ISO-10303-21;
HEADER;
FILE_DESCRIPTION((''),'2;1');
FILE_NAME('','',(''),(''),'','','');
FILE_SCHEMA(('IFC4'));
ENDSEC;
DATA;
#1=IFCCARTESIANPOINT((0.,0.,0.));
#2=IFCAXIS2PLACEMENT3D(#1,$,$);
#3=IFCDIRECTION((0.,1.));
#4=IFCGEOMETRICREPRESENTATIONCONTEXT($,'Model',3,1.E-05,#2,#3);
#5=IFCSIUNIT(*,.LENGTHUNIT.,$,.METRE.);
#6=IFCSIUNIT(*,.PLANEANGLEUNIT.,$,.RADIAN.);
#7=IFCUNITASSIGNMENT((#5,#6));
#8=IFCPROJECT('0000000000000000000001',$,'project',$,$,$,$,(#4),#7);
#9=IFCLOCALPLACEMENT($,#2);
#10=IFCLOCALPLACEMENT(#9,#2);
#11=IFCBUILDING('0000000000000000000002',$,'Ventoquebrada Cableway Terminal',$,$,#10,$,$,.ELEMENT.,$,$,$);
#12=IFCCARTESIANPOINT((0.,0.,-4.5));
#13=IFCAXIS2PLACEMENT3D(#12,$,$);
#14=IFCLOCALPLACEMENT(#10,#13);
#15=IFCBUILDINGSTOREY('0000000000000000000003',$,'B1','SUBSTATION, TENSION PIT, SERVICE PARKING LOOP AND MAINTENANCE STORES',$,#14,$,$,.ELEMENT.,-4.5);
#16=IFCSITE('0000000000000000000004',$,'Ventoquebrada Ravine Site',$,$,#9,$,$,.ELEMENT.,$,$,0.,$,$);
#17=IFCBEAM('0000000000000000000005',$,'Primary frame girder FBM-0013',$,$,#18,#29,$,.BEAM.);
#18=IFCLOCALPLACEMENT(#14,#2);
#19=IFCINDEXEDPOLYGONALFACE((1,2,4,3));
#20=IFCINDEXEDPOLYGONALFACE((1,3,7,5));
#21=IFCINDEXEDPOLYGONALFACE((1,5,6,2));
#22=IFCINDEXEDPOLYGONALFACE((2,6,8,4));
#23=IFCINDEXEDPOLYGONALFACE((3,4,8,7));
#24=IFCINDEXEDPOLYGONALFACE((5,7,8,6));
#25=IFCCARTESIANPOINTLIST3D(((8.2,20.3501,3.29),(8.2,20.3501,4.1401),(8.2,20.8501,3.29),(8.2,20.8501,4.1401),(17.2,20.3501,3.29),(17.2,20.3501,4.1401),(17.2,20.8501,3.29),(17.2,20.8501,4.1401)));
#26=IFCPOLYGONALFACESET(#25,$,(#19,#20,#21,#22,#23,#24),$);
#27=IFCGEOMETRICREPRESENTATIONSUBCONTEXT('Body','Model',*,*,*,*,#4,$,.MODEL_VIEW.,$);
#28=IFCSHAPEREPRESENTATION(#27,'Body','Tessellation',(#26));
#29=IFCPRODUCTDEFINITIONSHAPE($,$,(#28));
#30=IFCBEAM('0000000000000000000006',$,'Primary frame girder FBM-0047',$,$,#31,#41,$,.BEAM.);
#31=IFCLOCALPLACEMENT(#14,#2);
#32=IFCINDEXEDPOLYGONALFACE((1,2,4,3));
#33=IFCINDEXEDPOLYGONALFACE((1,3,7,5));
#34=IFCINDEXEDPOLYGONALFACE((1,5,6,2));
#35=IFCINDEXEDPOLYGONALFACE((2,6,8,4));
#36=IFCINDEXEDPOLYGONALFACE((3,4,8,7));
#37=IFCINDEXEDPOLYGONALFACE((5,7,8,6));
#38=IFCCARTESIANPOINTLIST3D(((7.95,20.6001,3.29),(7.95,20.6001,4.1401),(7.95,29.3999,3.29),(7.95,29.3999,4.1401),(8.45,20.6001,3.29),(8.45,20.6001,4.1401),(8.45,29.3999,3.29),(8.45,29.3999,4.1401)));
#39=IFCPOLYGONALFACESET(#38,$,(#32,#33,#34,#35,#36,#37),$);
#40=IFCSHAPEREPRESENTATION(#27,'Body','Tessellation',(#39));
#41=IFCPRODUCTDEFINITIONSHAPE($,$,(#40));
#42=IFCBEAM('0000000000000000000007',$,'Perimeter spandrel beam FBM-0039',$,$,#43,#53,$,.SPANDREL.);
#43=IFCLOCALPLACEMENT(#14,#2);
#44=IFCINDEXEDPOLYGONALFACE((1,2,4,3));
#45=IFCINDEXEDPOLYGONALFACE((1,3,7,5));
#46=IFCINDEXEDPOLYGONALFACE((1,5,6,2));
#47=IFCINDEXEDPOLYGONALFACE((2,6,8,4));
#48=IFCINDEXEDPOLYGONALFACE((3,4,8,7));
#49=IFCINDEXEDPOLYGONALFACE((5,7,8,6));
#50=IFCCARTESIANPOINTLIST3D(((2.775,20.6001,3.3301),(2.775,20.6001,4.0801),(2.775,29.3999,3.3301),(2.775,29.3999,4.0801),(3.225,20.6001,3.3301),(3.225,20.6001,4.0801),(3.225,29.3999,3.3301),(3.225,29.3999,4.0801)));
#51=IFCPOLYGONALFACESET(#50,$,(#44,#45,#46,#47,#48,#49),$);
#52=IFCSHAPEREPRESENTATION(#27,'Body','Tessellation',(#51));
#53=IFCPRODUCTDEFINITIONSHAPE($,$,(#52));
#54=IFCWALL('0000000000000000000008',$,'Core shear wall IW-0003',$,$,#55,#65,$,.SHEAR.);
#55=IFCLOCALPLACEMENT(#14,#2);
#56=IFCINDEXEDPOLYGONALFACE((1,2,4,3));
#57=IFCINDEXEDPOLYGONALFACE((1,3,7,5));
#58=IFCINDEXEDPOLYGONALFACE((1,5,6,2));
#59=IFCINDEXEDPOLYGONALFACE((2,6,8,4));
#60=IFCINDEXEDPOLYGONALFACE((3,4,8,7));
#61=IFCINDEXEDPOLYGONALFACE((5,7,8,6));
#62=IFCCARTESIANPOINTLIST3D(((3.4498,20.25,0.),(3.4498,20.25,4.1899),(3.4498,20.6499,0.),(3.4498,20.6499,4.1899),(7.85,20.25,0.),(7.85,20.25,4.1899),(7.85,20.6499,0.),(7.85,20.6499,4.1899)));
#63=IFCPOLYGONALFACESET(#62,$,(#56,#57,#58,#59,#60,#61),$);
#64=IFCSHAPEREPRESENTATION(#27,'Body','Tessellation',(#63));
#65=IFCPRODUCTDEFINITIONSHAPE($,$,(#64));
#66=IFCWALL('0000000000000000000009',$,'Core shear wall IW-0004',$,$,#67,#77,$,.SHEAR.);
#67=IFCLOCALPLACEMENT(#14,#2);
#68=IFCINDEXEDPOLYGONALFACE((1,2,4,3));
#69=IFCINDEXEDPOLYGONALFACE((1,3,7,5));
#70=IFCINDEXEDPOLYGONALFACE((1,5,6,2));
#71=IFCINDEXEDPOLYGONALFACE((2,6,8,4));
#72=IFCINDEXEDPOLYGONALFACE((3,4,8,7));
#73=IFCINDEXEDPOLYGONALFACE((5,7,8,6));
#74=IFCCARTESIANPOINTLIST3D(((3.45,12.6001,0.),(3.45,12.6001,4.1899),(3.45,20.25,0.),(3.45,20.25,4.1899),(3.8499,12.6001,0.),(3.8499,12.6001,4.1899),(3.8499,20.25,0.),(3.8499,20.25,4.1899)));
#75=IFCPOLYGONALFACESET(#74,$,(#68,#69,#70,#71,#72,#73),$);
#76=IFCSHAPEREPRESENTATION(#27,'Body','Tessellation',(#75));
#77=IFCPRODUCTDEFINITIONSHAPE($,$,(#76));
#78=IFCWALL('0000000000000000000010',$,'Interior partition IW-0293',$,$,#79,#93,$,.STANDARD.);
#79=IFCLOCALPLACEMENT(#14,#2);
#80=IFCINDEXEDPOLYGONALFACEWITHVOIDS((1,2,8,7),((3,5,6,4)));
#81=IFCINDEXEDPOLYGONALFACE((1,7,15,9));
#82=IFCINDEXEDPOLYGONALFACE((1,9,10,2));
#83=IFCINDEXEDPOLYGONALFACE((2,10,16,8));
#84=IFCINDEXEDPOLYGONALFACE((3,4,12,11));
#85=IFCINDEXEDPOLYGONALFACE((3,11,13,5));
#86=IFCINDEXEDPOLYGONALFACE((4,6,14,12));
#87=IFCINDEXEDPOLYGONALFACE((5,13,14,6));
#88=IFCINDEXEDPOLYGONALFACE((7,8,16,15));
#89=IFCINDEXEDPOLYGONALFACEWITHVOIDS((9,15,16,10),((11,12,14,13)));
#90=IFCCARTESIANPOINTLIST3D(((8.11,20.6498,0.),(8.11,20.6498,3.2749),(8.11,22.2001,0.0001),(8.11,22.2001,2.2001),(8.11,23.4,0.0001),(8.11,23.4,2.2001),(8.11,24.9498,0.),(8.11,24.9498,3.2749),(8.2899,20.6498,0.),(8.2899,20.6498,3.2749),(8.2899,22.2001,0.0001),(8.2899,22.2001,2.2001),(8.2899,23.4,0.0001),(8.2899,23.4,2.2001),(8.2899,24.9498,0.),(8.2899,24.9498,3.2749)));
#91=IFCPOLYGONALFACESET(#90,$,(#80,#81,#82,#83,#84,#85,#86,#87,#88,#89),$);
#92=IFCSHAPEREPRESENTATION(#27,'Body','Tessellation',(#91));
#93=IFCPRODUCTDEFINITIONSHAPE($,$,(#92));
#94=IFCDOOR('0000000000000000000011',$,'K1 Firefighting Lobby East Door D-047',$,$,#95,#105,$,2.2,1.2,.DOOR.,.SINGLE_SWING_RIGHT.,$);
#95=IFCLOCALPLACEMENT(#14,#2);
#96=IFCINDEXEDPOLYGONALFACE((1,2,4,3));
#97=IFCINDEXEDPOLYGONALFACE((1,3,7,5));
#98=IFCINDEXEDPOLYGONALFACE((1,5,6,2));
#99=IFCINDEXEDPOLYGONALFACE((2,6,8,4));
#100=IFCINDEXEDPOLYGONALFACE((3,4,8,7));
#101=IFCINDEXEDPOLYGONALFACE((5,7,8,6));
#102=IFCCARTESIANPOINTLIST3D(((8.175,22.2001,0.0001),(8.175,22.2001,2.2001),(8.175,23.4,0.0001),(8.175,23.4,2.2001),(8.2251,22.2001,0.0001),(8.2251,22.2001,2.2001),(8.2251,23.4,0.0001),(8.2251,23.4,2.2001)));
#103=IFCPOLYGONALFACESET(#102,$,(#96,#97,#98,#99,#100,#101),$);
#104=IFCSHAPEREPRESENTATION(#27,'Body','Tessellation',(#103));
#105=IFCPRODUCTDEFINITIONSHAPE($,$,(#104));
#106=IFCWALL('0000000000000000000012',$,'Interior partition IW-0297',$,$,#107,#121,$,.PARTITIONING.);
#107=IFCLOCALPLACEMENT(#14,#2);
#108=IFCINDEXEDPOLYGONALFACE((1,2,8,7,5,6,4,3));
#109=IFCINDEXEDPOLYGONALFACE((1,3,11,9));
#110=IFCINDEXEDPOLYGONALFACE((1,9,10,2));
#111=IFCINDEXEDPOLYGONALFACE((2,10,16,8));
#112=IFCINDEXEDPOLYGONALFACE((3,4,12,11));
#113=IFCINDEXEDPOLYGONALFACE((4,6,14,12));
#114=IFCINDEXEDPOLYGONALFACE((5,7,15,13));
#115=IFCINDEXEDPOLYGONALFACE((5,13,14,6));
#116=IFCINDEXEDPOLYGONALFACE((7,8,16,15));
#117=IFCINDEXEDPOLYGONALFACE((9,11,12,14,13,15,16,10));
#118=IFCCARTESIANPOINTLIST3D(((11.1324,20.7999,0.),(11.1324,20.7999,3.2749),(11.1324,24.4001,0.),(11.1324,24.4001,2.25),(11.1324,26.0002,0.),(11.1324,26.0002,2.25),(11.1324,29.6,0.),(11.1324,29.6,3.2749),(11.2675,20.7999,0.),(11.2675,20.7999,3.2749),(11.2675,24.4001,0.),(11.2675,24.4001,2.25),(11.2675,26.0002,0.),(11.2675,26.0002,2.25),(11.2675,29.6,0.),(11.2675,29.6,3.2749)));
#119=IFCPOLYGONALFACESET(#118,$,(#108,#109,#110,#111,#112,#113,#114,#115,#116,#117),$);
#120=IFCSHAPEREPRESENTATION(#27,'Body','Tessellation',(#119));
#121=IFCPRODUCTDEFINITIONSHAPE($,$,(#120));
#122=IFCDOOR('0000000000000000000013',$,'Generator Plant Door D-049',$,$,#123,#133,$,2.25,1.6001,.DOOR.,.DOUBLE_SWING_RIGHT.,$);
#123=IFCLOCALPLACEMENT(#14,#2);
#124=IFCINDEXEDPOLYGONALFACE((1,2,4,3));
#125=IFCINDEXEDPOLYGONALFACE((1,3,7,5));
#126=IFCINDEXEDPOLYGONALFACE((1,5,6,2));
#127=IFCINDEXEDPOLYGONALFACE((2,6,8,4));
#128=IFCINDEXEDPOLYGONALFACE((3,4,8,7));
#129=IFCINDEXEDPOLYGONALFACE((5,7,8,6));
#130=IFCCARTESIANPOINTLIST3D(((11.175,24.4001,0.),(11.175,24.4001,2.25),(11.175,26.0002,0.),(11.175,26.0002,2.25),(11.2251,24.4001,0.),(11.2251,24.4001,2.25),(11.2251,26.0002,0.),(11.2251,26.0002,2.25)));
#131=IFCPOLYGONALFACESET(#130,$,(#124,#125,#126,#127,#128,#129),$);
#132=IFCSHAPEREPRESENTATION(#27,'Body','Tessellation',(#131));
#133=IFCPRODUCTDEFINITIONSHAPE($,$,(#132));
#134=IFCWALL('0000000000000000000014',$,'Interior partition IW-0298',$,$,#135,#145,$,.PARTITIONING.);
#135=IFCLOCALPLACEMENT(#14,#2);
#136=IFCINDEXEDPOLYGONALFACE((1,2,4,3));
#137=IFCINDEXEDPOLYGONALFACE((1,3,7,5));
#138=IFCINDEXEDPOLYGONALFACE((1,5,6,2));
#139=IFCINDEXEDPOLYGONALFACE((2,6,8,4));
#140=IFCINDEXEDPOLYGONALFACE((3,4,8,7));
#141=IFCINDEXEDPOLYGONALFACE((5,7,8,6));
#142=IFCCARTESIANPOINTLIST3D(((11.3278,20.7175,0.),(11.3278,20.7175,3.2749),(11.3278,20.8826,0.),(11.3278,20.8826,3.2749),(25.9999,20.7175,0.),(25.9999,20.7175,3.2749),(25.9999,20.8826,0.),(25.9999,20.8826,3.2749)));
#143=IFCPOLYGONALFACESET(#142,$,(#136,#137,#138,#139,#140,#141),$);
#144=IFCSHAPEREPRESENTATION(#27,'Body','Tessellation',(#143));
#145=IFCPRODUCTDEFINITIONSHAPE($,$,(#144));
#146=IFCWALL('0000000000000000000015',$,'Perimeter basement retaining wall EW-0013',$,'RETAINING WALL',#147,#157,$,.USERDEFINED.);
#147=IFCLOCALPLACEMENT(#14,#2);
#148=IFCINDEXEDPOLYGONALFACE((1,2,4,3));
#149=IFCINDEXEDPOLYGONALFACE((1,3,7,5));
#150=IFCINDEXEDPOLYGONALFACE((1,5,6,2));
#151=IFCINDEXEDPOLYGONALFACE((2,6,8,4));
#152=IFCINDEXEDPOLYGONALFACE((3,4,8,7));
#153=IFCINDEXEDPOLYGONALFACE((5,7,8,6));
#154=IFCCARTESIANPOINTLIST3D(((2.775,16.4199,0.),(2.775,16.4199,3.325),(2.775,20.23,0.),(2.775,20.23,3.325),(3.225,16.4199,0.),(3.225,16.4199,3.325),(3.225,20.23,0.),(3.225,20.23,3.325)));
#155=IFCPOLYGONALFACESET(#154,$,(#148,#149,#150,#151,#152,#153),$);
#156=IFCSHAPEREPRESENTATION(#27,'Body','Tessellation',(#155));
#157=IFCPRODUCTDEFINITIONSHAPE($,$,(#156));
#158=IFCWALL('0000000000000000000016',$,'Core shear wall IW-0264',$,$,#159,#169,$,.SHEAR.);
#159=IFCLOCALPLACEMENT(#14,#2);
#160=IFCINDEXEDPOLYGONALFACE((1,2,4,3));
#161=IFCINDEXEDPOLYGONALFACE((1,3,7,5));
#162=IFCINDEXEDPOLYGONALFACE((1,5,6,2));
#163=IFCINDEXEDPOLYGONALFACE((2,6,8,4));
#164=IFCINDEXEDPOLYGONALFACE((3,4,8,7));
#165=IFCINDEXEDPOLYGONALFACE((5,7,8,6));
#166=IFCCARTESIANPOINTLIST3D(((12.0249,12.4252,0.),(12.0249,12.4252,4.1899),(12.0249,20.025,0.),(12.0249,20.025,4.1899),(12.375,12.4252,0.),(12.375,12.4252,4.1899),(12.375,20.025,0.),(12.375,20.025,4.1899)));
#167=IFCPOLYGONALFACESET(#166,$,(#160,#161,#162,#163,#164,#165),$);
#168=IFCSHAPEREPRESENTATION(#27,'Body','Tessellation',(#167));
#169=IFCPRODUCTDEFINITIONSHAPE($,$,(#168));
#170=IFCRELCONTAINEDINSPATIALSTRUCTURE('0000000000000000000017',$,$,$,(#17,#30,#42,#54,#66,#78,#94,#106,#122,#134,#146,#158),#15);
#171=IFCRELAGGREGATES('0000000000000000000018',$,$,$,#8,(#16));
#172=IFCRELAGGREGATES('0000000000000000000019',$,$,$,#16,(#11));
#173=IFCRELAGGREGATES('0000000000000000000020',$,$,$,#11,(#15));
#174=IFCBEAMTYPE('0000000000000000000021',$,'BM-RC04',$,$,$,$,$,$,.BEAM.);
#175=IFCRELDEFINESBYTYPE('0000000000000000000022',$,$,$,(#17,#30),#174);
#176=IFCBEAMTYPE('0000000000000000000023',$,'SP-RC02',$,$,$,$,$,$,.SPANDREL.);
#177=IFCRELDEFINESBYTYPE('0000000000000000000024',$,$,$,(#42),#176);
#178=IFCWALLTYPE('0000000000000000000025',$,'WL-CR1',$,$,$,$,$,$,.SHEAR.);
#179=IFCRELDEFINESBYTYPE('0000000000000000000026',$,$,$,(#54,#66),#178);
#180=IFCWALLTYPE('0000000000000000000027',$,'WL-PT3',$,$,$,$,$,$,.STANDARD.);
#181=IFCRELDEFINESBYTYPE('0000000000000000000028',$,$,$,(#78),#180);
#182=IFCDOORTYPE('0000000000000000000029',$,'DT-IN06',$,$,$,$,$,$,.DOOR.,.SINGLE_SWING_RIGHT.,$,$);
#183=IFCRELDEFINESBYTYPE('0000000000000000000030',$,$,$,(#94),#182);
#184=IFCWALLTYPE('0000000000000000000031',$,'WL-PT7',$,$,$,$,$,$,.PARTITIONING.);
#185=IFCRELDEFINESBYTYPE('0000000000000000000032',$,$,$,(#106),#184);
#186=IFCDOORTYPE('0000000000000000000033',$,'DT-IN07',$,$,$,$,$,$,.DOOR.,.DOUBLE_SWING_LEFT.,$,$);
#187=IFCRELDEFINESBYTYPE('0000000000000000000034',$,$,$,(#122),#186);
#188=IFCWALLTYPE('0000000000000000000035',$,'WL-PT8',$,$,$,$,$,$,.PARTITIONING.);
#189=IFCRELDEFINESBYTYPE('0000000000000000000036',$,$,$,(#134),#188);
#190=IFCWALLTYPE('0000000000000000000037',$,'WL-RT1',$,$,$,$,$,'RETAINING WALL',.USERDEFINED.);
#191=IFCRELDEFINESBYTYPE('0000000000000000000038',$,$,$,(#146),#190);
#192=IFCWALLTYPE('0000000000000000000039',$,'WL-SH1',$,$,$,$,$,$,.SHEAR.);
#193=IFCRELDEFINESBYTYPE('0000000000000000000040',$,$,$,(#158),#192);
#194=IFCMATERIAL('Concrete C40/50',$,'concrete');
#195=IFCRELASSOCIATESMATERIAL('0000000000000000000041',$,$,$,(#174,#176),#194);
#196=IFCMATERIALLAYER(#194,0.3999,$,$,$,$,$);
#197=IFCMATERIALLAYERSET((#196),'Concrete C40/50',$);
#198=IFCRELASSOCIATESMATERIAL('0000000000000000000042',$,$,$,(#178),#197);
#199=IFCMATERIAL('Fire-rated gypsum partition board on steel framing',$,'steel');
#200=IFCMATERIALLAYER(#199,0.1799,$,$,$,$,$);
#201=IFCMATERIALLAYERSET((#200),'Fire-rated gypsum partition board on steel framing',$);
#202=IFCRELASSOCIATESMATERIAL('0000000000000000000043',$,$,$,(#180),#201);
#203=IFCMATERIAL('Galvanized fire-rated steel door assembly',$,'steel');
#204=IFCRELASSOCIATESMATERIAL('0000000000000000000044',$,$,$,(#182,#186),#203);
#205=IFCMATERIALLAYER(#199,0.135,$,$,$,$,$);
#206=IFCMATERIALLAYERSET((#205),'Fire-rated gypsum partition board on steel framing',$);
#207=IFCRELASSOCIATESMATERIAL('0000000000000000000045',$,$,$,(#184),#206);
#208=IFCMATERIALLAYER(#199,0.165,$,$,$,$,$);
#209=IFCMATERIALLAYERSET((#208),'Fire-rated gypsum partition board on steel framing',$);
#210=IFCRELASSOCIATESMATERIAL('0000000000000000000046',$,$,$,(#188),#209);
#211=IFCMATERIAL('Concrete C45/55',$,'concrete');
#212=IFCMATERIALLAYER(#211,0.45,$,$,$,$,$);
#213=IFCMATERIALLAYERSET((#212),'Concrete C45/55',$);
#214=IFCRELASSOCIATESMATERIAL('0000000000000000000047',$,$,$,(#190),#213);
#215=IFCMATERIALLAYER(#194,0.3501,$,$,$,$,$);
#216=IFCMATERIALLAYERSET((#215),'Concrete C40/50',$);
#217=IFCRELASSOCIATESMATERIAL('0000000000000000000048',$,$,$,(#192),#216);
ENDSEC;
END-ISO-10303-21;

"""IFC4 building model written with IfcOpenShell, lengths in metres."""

from ifc_helpers import new_model, si_unit, direction, frame, frame_2d, origin, origin_2d, place, context, subcontext, project, spatial, rectangle, extrude, material, layer, layer_set, material_profile, profile_set, type_object, element, fill, save


model = new_model("IFC4")

# Units and contexts
model_context = context("Model", 3, precision=1e-05, world=origin(), true_north=direction((0.0, 1.0)))
body_context = subcontext(model_context, "Body", "Model", "MODEL_VIEW")
ifc_project = project(units=[si_unit("LENGTHUNIT", "METRE"), si_unit("PLANEANGLEUNIT", "RADIAN")], contexts=[model_context])

# Site, building, storey
site_placement = place(None, origin())
site = spatial("IfcSite", under=ifc_project, at=site_placement, Name="Ventoquebrada Ravine Site", CompositionType="ELEMENT", RefElevation=0.0)
building_placement = place(site_placement, origin())
building = spatial("IfcBuilding", under=site, at=building_placement, Name="Ventoquebrada Cableway Terminal", CompositionType="ELEMENT")
storey_placement = place(building_placement, frame((0.0, 0.0, -4.5)))
storey = spatial("IfcBuildingStorey", under=building, at=storey_placement, Name="B1", Description="SUBSTATION, TENSION PIT, SERVICE PARKING LOOP AND MAINTENANCE STORES", CompositionType="ELEMENT", Elevation=-4.5)

# Shared definitions
ifc_material_1 = material(Name="Concrete C40/50", Category="concrete")

# Beams
ifc_material_profile_1 = material_profile(ifc_material_1, rectangle(XDim=0.5, YDim=0.8501, at=origin_2d()), Name="RC-BM-500X850")
ifc_profile_set_1 = profile_set([ifc_material_profile_1], Name="Concrete C40/50")
beam_type_1 = type_object("IfcBeamType", Name="BM-RC04", PredefinedType="BEAM", material=ifc_profile_set_1)
beam_1_placement = place(storey_placement, frame((8.2, 20.6001, 3.7151), z_axis=(1.0, 0.0, 0.0), x_axis=(0.0, 1.0, 0.0)))
element("IfcBeam", 1, at=beam_1_placement, inside=storey, type_object=beam_type_1, Name="Primary frame girder FBM-0013", PredefinedType="BEAM", context=body_context, shape_type="SweptSolid", body=[
    extrude(rectangle(XDim=0.5, YDim=0.8501, at=origin_2d()), origin(), (0.0, 0.0, 1.0), 9.0),
])
beam_2_placement = place(storey_placement, frame((8.2, 20.6001, 3.7151), z_axis=(0.0, 1.0, 0.0), x_axis=(-1.0, 0.0, 0.0)))
element("IfcBeam", 2, at=beam_2_placement, inside=storey, type_object=beam_type_1, Name="Primary frame girder FBM-0047", PredefinedType="BEAM", context=body_context, shape_type="SweptSolid", body=[
    extrude(rectangle(XDim=0.5, YDim=0.8501, at=origin_2d()), origin(), (0.0, 0.0, 1.0), 8.7998),
])
ifc_material_profile_2 = material_profile(ifc_material_1, rectangle(XDim=0.45, YDim=0.75, at=origin_2d()), Name="RC-BM-450X750")
ifc_profile_set_2 = profile_set([ifc_material_profile_2], Name="Concrete C40/50")
beam_type_2 = type_object("IfcBeamType", Name="SP-RC02", PredefinedType="SPANDREL", material=ifc_profile_set_2)
beam_3_placement = place(storey_placement, frame((3.0, 20.6001, 3.7051), z_axis=(0.0, 1.0, 0.0), x_axis=(-1.0, 0.0, 0.0)))
element("IfcBeam", 3, at=beam_3_placement, inside=storey, type_object=beam_type_2, Name="Perimeter spandrel beam FBM-0039", PredefinedType="SPANDREL", context=body_context, shape_type="SweptSolid", body=[
    extrude(rectangle(XDim=0.45, YDim=0.75, at=origin_2d()), origin(), (0.0, 0.0, 1.0), 8.7998),
])

# Walls
ifc_layer_1 = layer(ifc_material_1, 0.3999)
ifc_layer_set_1 = layer_set([ifc_layer_1], Name="Concrete C40/50")
wall_type_1 = type_object("IfcWallType", Name="WL-CR1", PredefinedType="SHEAR", material=ifc_layer_set_1)
wall_1_placement = place(storey_placement, frame((7.8501, 20.45, 0.0), z_axis=(0.0, 0.0, 1.0), x_axis=(-1.0, 0.0, 0.0)))
element("IfcWall", 4, at=wall_1_placement, inside=storey, type_object=wall_type_1, Name="Core shear wall IW-0003", PredefinedType="SHEAR", context=body_context, shape_type="SweptSolid", body=[
    extrude(rectangle(XDim=4.4001, YDim=0.3999, at=frame_2d((2.2002, 0.0))), origin(), (0.0, 0.0, 1.0), 4.1899),
])
wall_2_placement = place(storey_placement, frame((3.6499, 20.25, 0.0), z_axis=(0.0, 0.0, 1.0), x_axis=(0.0, -1.0, 0.0)))
element("IfcWall", 5, at=wall_2_placement, inside=storey, type_object=wall_type_1, Name="Core shear wall IW-0004", PredefinedType="SHEAR", context=body_context, shape_type="SweptSolid", body=[
    extrude(rectangle(XDim=7.6499, YDim=0.3999, at=frame_2d((3.825, 0.0))), origin(), (0.0, 0.0, 1.0), 4.1899),
])

# Walls, openings, doors
ifc_material_2 = material(Name="Fire-rated gypsum partition board on steel framing", Category="steel")
ifc_layer_2 = layer(ifc_material_2, 0.1799)
ifc_layer_set_2 = layer_set([ifc_layer_2], Name="Fire-rated gypsum partition board on steel framing")
wall_type_2 = type_object("IfcWallType", Name="WL-PT3", PredefinedType="STANDARD", material=ifc_layer_set_2)
wall_3_placement = place(storey_placement, frame((8.2, 20.6499, 0.0), z_axis=(0.0, 0.0, 1.0), x_axis=(0.0, 1.0, 0.0)))
wall_3 = element("IfcWall", 6, at=wall_3_placement, inside=storey, type_object=wall_type_2, Name="Interior partition IW-0293", PredefinedType="STANDARD", context=body_context, shape_type="SweptSolid", body=[
    extrude(rectangle(XDim=4.3, YDim=0.1799, at=frame_2d((2.1499, 0.0))), origin(), (0.0, 0.0, 1.0), 3.2749),
])
opening_1_placement = place(wall_3_placement, frame((1.55, 0.0, 0.0)))
opening_1 = element("IfcOpeningElement", 7, at=opening_1_placement, cuts=wall_3, PredefinedType="OPENING", context=body_context, shape_type="SweptSolid", body=[
    extrude(rectangle(XDim=1.2, YDim=2.2, at=frame_2d((0.6001, 1.1001))), frame((0.0, 0.0999, 0.0), z_axis=(0.0, -1.0, 0.0), x_axis=(1.0, 0.0, 0.0)), (0.0, 0.0, 1.0), 0.2),
])
ifc_material_3 = material(Name="Galvanized fire-rated steel door assembly", Category="steel")
door_type_1 = type_object("IfcDoorType", Name="DT-IN06", OperationType="SINGLE_SWING_RIGHT", PredefinedType="DOOR", material=ifc_material_3)
door_1_placement = place(opening_1_placement, origin())
door_1 = element("IfcDoor", 8, at=door_1_placement, inside=storey, type_object=door_type_1, Name="K1 Firefighting Lobby East Door D-047", OperationType="SINGLE_SWING_RIGHT", OverallHeight=2.2, OverallWidth=1.2, PredefinedType="DOOR", context=body_context, shape_type="SweptSolid", body=[
    extrude(rectangle(XDim=1.2, YDim=2.2, at=frame_2d((0.6001, 1.1001))), frame((0.0, 0.0249, 0.0), z_axis=(0.0, -1.0, 0.0), x_axis=(1.0, 0.0, 0.0)), (0.0, 0.0, 1.0), 0.05),
])
fill(opening_1, door_1)
ifc_layer_3 = layer(ifc_material_2, 0.135)
ifc_layer_set_3 = layer_set([ifc_layer_3], Name="Fire-rated gypsum partition board on steel framing")
wall_type_3 = type_object("IfcWallType", Name="WL-PT7", PredefinedType="PARTITIONING", material=ifc_layer_set_3)
wall_4_placement = place(storey_placement, frame((11.2, 20.8, 0.0), z_axis=(0.0, 0.0, 1.0), x_axis=(0.0, 1.0, 0.0)))
wall_4 = element("IfcWall", 9, at=wall_4_placement, inside=storey, type_object=wall_type_3, Name="Interior partition IW-0297", PredefinedType="PARTITIONING", context=body_context, shape_type="SweptSolid", body=[
    extrude(rectangle(XDim=8.8, YDim=0.135, at=frame_2d((4.3999, 0.0))), origin(), (0.0, 0.0, 1.0), 3.2749),
])
opening_2_placement = place(wall_4_placement, frame((3.6001, 0.0, 0.0)))
opening_2 = element("IfcOpeningElement", 10, at=opening_2_placement, cuts=wall_4, PredefinedType="OPENING", context=body_context, shape_type="SweptSolid", body=[
    extrude(rectangle(XDim=1.6001, YDim=2.25, at=frame_2d((0.8, 1.125))), frame((0.0, 0.0774, 0.0), z_axis=(0.0, -1.0, 0.0), x_axis=(1.0, 0.0, 0.0)), (0.0, 0.0, 1.0), 0.155),
])
door_type_2 = type_object("IfcDoorType", Name="DT-IN07", OperationType="DOUBLE_SWING_LEFT", PredefinedType="DOOR", material=ifc_material_3)
door_2_placement = place(opening_2_placement, origin())
door_2 = element("IfcDoor", 11, at=door_2_placement, inside=storey, type_object=door_type_2, Name="Generator Plant Door D-049", OperationType="DOUBLE_SWING_RIGHT", OverallHeight=2.25, OverallWidth=1.6001, PredefinedType="DOOR", context=body_context, shape_type="SweptSolid", body=[
    extrude(rectangle(XDim=1.6001, YDim=2.25, at=frame_2d((0.8, 1.125))), frame((0.0, 0.0249, 0.0), z_axis=(0.0, -1.0, 0.0), x_axis=(1.0, 0.0, 0.0)), (0.0, 0.0, 1.0), 0.05),
])
fill(opening_2, door_2)

# Walls
ifc_layer_4 = layer(ifc_material_2, 0.165)
ifc_layer_set_4 = layer_set([ifc_layer_4], Name="Fire-rated gypsum partition board on steel framing")
wall_type_4 = type_object("IfcWallType", Name="WL-PT8", PredefinedType="PARTITIONING", material=ifc_layer_set_4)
wall_5_placement = place(storey_placement, frame((11.3279, 20.8, 0.0), z_axis=(0.0, 0.0, 1.0), x_axis=(1.0, 0.0, 0.0)))
element("IfcWall", 12, at=wall_5_placement, inside=storey, type_object=wall_type_4, Name="Interior partition IW-0298", PredefinedType="PARTITIONING", context=body_context, shape_type="SweptSolid", body=[
    extrude(rectangle(XDim=14.6721, YDim=0.165, at=frame_2d((7.3359, 0.0))), origin(), (0.0, 0.0, 1.0), 3.2749),
])
ifc_material_4 = material(Name="Concrete C45/55", Category="concrete")
ifc_layer_5 = layer(ifc_material_4, 0.45)
ifc_layer_set_5 = layer_set([ifc_layer_5], Name="Concrete C45/55")
wall_type_5 = type_object("IfcWallType", Name="WL-RT1", ElementType="RETAINING WALL", PredefinedType="USERDEFINED", material=ifc_layer_set_5)
wall_6_placement = place(storey_placement, frame((3.0, 20.23, 0.0), z_axis=(0.0, 0.0, 1.0), x_axis=(0.0, -1.0, 0.0)))
element("IfcWall", 13, at=wall_6_placement, inside=storey, type_object=wall_type_5, Name="Perimeter basement retaining wall EW-0013", ObjectType="RETAINING WALL", PredefinedType="USERDEFINED", context=body_context, shape_type="SweptSolid", body=[
    extrude(rectangle(XDim=3.8101, YDim=0.45, at=frame_2d((1.905, 0.0))), origin(), (0.0, 0.0, 1.0), 3.325),
])
ifc_layer_6 = layer(ifc_material_1, 0.3501)
ifc_layer_set_6 = layer_set([ifc_layer_6], Name="Concrete C40/50")
wall_type_6 = type_object("IfcWallType", Name="WL-SH1", PredefinedType="SHEAR", material=ifc_layer_set_6)
wall_7_placement = place(storey_placement, frame((12.2, 20.0249, 0.0), z_axis=(0.0, 0.0, 1.0), x_axis=(0.0, -1.0, 0.0)))
element("IfcWall", 14, at=wall_7_placement, inside=storey, type_object=wall_type_6, Name="Core shear wall IW-0264", PredefinedType="SHEAR", context=body_context, shape_type="SweptSolid", body=[
    extrude(rectangle(XDim=7.5999, YDim=0.3501, at=frame_2d((3.7998, 0.0))), origin(), (0.0, 0.0, 1.0), 4.1899),
])

save(model, "model.ifc")
